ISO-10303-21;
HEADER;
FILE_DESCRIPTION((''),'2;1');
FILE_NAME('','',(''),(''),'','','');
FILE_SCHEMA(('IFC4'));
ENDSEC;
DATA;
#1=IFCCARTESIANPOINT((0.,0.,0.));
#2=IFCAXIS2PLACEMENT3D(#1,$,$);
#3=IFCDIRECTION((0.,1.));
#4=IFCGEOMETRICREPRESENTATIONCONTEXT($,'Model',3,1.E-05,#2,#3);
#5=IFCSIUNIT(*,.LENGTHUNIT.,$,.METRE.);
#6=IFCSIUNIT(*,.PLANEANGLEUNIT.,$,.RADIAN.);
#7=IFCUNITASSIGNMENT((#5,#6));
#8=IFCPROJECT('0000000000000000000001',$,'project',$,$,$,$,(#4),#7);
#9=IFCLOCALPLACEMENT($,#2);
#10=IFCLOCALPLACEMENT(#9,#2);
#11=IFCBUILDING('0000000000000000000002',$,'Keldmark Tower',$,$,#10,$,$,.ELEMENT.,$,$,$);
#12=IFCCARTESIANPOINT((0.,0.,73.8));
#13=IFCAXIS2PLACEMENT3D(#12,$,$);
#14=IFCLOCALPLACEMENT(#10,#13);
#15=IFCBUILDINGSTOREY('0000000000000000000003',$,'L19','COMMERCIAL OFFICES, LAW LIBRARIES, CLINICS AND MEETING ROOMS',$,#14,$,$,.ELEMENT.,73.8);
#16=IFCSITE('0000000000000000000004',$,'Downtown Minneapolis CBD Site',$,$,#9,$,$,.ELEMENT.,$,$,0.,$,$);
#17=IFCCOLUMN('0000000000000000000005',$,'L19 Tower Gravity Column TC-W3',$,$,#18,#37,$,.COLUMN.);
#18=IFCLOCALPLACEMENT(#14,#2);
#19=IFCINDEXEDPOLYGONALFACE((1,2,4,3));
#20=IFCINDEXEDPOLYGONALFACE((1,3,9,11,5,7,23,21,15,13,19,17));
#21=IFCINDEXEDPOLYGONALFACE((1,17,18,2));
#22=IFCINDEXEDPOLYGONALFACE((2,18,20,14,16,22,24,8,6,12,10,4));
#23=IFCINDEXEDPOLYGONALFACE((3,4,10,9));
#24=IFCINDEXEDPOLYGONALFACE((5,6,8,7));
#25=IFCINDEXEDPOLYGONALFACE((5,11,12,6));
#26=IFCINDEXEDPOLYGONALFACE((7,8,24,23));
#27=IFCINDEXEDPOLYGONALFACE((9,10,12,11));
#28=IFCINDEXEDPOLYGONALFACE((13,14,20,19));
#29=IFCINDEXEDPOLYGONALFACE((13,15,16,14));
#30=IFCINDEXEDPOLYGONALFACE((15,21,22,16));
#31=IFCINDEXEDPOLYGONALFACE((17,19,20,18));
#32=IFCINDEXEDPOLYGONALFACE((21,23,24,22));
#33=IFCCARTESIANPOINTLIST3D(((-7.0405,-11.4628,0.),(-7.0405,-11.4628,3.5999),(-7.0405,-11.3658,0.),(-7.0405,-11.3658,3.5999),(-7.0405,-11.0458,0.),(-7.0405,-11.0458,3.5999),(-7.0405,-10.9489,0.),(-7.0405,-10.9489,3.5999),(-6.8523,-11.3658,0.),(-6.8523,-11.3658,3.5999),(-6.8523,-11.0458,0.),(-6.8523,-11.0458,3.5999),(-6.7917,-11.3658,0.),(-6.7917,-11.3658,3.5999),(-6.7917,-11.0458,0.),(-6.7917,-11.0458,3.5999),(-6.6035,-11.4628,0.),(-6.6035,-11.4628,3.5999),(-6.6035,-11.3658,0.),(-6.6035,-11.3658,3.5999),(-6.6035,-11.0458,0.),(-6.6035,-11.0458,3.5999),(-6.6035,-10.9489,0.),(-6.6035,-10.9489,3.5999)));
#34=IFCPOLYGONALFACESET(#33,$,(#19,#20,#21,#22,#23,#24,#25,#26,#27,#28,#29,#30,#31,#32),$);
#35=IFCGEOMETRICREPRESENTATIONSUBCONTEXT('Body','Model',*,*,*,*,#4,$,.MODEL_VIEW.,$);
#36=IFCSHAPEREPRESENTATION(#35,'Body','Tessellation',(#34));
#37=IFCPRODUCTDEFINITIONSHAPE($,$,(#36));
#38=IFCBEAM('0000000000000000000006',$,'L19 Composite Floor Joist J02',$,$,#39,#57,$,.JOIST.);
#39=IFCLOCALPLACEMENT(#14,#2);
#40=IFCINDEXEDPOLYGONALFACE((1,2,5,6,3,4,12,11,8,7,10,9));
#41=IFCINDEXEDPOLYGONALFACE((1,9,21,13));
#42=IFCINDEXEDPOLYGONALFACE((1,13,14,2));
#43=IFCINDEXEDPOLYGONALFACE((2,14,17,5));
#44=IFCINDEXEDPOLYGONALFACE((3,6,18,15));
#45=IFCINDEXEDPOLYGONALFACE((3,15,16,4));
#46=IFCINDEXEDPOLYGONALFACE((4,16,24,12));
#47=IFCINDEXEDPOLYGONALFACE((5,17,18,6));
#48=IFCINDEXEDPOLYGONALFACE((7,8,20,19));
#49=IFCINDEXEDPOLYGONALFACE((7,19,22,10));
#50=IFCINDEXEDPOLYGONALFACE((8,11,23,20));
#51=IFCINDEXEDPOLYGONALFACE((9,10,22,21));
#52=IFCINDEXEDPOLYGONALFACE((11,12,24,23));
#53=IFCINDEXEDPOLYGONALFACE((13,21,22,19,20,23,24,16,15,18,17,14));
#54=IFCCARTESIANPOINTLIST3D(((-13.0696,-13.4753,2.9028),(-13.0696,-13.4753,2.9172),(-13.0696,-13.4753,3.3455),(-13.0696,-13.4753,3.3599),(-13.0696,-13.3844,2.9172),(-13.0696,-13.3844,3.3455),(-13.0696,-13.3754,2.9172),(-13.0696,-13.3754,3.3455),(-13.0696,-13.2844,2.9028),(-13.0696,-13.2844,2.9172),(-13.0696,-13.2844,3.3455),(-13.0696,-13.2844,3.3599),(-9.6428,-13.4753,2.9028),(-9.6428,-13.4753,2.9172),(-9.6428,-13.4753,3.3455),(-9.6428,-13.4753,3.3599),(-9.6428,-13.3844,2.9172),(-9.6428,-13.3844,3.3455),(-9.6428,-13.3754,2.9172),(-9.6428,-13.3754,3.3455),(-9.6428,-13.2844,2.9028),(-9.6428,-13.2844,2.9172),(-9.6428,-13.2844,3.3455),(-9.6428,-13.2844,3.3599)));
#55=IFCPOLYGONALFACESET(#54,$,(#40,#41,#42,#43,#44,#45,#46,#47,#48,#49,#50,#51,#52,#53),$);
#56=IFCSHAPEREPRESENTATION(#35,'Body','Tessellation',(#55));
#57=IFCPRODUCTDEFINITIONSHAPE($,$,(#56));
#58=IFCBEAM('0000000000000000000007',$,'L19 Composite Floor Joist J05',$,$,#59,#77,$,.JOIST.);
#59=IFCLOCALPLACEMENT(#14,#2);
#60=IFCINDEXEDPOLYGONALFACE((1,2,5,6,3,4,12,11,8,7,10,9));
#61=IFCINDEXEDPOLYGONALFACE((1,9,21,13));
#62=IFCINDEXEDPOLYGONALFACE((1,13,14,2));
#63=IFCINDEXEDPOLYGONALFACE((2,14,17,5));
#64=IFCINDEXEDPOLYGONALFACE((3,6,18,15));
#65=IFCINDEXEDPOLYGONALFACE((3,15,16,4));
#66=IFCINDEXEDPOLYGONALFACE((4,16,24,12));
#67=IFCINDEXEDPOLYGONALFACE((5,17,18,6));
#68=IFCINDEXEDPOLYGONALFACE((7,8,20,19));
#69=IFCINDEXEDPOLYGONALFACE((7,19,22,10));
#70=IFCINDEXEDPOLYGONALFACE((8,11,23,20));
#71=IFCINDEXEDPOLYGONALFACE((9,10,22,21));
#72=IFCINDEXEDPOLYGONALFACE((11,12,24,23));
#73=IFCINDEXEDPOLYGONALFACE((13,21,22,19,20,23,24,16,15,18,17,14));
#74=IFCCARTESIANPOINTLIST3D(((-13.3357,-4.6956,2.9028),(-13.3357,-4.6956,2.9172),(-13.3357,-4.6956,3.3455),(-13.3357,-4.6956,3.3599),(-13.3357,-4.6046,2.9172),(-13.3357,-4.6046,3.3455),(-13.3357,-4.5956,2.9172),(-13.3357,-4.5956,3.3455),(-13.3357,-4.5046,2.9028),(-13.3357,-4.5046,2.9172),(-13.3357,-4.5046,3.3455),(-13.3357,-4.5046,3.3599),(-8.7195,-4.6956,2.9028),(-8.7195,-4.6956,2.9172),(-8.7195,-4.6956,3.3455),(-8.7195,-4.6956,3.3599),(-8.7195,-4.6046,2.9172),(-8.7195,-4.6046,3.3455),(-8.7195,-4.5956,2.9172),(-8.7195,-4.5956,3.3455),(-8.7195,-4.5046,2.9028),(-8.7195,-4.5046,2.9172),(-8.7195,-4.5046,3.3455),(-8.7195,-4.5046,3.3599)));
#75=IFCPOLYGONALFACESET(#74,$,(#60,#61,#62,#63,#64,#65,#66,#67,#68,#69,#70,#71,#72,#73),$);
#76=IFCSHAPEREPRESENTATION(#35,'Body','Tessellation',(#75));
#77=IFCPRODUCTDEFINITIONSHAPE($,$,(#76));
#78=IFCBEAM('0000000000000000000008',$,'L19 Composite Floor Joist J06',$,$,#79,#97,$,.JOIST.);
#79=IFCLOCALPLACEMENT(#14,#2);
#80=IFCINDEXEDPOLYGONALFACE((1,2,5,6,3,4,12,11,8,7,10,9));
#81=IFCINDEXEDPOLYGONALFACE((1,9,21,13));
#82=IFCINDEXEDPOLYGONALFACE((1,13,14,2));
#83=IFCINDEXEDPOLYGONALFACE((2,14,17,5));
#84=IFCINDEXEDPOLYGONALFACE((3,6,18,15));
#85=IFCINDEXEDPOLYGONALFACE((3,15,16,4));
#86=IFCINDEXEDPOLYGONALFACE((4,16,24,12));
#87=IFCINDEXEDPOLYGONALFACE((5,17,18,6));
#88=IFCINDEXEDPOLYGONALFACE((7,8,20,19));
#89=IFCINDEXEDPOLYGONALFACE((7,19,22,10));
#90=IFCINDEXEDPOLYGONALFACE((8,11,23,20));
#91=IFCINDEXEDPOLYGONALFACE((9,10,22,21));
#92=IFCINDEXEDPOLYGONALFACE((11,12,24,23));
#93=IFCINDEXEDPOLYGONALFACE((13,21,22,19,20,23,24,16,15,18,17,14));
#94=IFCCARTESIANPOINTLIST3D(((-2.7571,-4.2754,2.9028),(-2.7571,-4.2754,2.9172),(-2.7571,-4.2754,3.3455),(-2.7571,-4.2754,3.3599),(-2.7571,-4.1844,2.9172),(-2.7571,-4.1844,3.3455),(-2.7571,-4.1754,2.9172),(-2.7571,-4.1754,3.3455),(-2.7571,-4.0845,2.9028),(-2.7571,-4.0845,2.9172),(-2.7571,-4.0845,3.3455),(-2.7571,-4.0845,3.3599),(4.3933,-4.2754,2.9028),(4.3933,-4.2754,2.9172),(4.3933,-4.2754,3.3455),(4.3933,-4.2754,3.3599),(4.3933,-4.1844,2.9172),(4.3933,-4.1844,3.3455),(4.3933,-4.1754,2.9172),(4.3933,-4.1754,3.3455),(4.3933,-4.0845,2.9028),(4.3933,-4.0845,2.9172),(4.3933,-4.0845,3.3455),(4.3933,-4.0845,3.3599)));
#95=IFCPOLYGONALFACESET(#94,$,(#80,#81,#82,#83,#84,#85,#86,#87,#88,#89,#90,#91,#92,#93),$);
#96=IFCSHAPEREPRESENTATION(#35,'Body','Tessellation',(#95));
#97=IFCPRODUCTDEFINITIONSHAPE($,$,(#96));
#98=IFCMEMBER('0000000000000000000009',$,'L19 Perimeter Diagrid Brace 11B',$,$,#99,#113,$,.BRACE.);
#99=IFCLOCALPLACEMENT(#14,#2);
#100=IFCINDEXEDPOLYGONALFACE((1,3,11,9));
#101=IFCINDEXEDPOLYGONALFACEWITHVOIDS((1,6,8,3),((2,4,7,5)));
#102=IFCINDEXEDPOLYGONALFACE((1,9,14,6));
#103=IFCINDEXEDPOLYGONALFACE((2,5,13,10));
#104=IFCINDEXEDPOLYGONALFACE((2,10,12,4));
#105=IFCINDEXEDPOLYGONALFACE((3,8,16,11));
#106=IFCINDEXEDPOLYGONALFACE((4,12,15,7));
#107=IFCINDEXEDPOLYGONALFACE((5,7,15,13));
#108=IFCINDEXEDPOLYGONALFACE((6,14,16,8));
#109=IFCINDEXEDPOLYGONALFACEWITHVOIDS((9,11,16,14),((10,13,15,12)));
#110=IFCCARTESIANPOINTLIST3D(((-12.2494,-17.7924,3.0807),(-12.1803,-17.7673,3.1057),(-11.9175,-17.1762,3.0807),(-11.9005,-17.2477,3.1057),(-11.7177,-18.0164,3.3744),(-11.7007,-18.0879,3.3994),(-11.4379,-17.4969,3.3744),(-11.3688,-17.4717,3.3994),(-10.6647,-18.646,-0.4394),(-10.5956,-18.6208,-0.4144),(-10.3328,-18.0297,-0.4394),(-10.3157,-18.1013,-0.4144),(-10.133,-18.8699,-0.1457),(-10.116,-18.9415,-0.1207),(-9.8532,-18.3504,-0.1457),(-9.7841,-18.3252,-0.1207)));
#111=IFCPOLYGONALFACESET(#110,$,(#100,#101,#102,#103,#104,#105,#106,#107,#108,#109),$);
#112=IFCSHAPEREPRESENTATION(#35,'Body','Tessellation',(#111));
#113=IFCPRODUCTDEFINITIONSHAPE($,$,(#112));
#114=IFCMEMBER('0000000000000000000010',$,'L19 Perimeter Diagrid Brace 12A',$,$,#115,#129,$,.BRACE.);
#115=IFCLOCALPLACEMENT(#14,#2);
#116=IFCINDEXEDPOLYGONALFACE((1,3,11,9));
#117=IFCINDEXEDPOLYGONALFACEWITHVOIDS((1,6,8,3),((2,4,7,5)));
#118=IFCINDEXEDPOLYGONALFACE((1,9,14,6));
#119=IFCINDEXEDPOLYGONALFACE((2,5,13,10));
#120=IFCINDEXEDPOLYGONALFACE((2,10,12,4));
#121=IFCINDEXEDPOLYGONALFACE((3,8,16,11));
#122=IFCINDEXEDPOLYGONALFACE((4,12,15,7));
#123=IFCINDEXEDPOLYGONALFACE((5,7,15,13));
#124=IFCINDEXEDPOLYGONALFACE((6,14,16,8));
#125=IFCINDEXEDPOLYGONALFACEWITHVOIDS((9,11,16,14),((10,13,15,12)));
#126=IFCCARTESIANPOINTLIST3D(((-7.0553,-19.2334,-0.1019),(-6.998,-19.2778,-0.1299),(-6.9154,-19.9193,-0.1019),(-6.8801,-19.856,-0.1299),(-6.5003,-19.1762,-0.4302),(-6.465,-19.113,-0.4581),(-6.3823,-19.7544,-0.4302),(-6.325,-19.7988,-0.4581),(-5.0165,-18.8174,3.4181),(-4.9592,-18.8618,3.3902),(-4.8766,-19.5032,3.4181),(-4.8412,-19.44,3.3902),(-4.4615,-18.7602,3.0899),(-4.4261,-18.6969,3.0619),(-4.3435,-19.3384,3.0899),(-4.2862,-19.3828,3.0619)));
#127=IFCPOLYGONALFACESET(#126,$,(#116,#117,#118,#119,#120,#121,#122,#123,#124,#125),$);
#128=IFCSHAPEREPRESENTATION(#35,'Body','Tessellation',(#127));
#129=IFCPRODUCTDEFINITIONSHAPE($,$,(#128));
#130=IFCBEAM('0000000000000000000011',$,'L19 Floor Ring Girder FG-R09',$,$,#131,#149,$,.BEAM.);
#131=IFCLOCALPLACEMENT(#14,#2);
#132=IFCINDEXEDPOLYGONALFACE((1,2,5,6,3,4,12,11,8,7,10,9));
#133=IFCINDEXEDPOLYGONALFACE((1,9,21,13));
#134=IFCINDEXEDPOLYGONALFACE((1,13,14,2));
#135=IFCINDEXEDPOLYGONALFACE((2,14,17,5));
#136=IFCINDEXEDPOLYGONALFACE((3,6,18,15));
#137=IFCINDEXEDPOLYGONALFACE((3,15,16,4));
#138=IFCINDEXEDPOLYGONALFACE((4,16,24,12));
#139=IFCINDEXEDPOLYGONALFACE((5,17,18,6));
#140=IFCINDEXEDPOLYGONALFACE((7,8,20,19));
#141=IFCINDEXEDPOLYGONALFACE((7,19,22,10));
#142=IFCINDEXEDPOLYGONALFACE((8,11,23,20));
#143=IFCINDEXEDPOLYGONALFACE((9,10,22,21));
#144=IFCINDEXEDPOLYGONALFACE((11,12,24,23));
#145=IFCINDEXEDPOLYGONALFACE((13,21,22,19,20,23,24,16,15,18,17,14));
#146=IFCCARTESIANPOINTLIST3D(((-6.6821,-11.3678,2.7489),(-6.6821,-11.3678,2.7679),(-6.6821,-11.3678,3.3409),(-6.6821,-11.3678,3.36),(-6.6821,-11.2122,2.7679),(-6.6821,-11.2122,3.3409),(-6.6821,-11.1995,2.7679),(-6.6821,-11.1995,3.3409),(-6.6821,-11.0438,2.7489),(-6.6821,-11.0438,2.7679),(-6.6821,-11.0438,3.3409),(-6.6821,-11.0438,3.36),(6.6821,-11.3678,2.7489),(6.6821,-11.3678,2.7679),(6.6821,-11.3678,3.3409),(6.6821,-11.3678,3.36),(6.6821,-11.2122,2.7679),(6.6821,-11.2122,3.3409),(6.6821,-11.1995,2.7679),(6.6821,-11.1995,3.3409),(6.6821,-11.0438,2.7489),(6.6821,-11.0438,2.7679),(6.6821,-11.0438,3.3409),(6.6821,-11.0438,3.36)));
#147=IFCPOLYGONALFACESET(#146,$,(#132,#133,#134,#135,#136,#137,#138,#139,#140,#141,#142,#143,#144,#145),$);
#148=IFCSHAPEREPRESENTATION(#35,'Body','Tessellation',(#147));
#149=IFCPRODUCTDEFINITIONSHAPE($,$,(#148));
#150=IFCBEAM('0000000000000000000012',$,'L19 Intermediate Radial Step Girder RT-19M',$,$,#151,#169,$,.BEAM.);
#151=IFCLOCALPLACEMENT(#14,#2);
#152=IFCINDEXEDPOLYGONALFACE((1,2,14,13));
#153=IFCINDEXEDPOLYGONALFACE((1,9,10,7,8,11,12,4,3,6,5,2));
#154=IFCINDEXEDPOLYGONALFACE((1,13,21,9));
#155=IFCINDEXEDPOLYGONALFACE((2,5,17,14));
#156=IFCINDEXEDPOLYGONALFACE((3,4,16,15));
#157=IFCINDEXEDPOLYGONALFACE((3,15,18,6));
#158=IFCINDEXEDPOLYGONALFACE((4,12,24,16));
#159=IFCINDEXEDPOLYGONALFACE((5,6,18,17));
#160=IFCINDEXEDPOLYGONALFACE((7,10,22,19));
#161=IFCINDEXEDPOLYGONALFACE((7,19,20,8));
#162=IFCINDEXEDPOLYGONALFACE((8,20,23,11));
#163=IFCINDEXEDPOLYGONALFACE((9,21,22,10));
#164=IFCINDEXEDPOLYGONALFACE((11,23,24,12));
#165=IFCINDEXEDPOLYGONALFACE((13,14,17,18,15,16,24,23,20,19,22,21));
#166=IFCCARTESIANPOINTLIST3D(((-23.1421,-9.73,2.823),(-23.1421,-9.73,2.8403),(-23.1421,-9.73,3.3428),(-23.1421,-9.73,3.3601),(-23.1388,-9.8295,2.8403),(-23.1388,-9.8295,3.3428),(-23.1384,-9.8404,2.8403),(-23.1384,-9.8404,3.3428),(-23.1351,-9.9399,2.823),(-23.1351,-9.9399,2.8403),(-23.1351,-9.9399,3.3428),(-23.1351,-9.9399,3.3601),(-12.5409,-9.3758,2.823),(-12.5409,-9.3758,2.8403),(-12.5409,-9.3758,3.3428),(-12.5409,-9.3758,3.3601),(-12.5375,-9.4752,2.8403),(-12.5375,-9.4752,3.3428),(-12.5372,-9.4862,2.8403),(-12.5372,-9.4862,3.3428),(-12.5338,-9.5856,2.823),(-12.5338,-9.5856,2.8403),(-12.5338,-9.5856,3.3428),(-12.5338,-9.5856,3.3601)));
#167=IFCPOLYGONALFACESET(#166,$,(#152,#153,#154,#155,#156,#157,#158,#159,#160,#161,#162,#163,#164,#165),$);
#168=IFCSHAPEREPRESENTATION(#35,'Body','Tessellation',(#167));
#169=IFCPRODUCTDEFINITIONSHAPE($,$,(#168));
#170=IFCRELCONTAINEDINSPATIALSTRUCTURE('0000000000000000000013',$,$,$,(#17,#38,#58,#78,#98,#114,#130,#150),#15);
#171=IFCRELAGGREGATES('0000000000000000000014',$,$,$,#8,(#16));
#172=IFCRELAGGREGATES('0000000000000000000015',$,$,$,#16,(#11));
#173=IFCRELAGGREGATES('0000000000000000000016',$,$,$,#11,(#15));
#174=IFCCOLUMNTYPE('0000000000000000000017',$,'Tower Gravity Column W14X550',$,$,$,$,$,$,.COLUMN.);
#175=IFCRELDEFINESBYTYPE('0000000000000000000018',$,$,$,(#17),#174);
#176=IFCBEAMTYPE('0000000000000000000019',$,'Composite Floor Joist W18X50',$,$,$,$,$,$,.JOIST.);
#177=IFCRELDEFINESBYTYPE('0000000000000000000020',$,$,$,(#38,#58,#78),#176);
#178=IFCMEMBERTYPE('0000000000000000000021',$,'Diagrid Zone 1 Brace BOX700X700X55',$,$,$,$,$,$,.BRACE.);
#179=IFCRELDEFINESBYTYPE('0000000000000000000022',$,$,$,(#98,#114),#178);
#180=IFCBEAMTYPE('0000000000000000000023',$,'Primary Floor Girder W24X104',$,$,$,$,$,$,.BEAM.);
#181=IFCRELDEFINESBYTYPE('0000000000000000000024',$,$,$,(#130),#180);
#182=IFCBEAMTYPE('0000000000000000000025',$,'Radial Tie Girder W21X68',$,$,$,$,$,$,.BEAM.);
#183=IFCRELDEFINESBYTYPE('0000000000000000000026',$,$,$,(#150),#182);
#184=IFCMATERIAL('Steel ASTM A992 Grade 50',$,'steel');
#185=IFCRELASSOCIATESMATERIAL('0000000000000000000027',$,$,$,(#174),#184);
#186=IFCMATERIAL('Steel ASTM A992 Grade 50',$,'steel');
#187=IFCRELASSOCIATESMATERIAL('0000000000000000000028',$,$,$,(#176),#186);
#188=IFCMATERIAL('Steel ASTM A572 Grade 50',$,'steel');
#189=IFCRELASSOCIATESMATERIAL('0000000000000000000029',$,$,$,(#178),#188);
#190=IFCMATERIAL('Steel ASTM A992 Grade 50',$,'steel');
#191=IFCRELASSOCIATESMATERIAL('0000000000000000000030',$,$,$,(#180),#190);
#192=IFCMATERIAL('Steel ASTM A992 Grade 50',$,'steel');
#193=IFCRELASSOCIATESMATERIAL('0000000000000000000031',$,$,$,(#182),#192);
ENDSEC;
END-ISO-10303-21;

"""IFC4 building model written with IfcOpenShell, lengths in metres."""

from ifc_helpers import new_model, si_unit, direction, frame, origin, origin_2d, place, context, subcontext, project, spatial, hollow_rectangle, i_section, extrude, material, material_profile, profile_set, type_object, element, save


model = new_model("IFC4")

# Units and contexts
model_context = context("Model", 3, precision=1e-05, world=origin(), true_north=direction((0.0, 1.0)))
body_context = subcontext(model_context, "Body", "Model", "MODEL_VIEW")
ifc_project = project(units=[si_unit("LENGTHUNIT", "METRE"), si_unit("PLANEANGLEUNIT", "RADIAN")], contexts=[model_context])

# Site, building, storey
site_placement = place(None, origin())
site = spatial("IfcSite", under=ifc_project, at=site_placement, Name="Downtown Minneapolis CBD Site", CompositionType="ELEMENT", RefElevation=0.0)
building_placement = place(site_placement, origin())
building = spatial("IfcBuilding", under=site, at=building_placement, Name="Keldmark Tower", CompositionType="ELEMENT")
storey_placement = place(building_placement, frame((0.0, 0.0, 73.8)))
storey = spatial("IfcBuildingStorey", under=building, at=storey_placement, Name="L19", Description="COMMERCIAL OFFICES, LAW LIBRARIES, CLINICS AND MEETING ROOMS", CompositionType="ELEMENT", Elevation=73.8)

# Column
ifc_material_1 = material(Name="Steel ASTM A992 Grade 50", Category="steel")
ifc_material_profile_1 = material_profile(ifc_material_1, i_section(OverallWidth=0.437, OverallDepth=0.5139, WebThickness=0.0605, FlangeThickness=0.0969, at=origin_2d()), Name="W14X550")
ifc_profile_set_1 = profile_set([ifc_material_profile_1], Name="Steel ASTM A992 Grade 50")
column_type = type_object("IfcColumnType", Name="Tower Gravity Column W14X550", PredefinedType="COLUMN", material=ifc_profile_set_1)
column_placement = place(storey_placement, frame((-6.822, -11.2058, 0.0), z_axis=(0.0, 0.0, 1.0), x_axis=(1.0, 0.0, 0.0)))
element("IfcColumn", 1, at=column_placement, inside=storey, type_object=column_type, Name="L19 Tower Gravity Column TC-W3", PredefinedType="COLUMN", context=body_context, shape_type="SweptSolid", body=[
    extrude(i_section(OverallWidth=0.437, OverallDepth=0.5139, WebThickness=0.0605, FlangeThickness=0.0969, at=origin_2d()), origin(), (0.0, 0.0, 1.0), 3.5999),
])

# Beams
ifc_material_2 = material(Name="Steel ASTM A992 Grade 50", Category="steel")
ifc_material_profile_2 = material_profile(ifc_material_2, i_section(OverallWidth=0.1909, OverallDepth=0.457, WebThickness=0.009, FlangeThickness=0.0144, at=origin_2d()), Name="W18X50")
ifc_profile_set_2 = profile_set([ifc_material_profile_2], Name="Steel ASTM A992 Grade 50")
beam_type_1 = type_object("IfcBeamType", Name="Composite Floor Joist W18X50", PredefinedType="JOIST", material=ifc_profile_set_2)
beam_1_placement = place(storey_placement, frame((-13.0696, -13.3799, 3.1313), z_axis=(1.0, 0.0, 0.0), x_axis=(0.0, 1.0, 0.0)))
element("IfcBeam", 2, at=beam_1_placement, inside=storey, type_object=beam_type_1, Name="L19 Composite Floor Joist J02", PredefinedType="JOIST", context=body_context, shape_type="SweptSolid", body=[
    extrude(i_section(OverallWidth=0.1909, OverallDepth=0.457, WebThickness=0.009, FlangeThickness=0.0144, at=origin_2d()), origin(), (0.0, 0.0, 1.0), 3.4268),
])
beam_2_placement = place(storey_placement, frame((-13.3357, -4.6001, 3.1313), z_axis=(1.0, 0.0, 0.0), x_axis=(0.0, 1.0, 0.0)))
element("IfcBeam", 3, at=beam_2_placement, inside=storey, type_object=beam_type_1, Name="L19 Composite Floor Joist J05", PredefinedType="JOIST", context=body_context, shape_type="SweptSolid", body=[
    extrude(i_section(OverallWidth=0.1909, OverallDepth=0.457, WebThickness=0.009, FlangeThickness=0.0144, at=origin_2d()), origin(), (0.0, 0.0, 1.0), 4.6162),
])
beam_3_placement = place(storey_placement, frame((-2.7571, -4.1799, 3.1313), z_axis=(1.0, 0.0, 0.0), x_axis=(0.0, 1.0, 0.0)))
element("IfcBeam", 4, at=beam_3_placement, inside=storey, type_object=beam_type_1, Name="L19 Composite Floor Joist J06", PredefinedType="JOIST", context=body_context, shape_type="SweptSolid", body=[
    extrude(i_section(OverallWidth=0.1909, OverallDepth=0.457, WebThickness=0.009, FlangeThickness=0.0144, at=origin_2d()), origin(), (0.0, 0.0, 1.0), 7.1504),
])

# Members
ifc_material_3 = material(Name="Steel ASTM A572 Grade 50", Category="steel")
ifc_material_profile_3 = material_profile(ifc_material_3, hollow_rectangle(XDim=0.7, YDim=0.7, WallThickness=0.0549, at=origin_2d()), Name="BOX700X700X55")
ifc_profile_set_3 = profile_set([ifc_material_profile_3], Name="Steel ASTM A572 Grade 50")
member_type = type_object("IfcMemberType", Name="Diagrid Zone 1 Brace BOX700X700X55", PredefinedType="BRACE", material=ifc_profile_set_3)
member_1_placement = place(storey_placement, frame((-10.2244, -18.4856, -0.28), z_axis=(-0.400836, 0.215887, 0.89035), x_axis=(-0.474189, -0.880423, 0.0)))
element("IfcMember", 5, at=member_1_placement, inside=storey, type_object=member_type, Name="L19 Perimeter Diagrid Brace 11B", PredefinedType="BRACE", context=body_context, shape_type="SweptSolid", body=[
    extrude(hollow_rectangle(XDim=0.7, YDim=0.7, WallThickness=0.0549, at=origin_2d()), origin(), (0.0, 0.0, 1.0), 3.9536),
])
member_2_placement = place(storey_placement, frame((-6.6902, -19.5161, -0.28), z_axis=(0.498604, 0.101739, 0.860839), x_axis=(-0.199928, 0.979811, 0.0)))
element("IfcMember", 6, at=member_2_placement, inside=storey, type_object=member_type, Name="L19 Perimeter Diagrid Brace 12A", PredefinedType="BRACE", context=body_context, shape_type="SweptSolid", body=[
    extrude(hollow_rectangle(XDim=0.7, YDim=0.7, WallThickness=0.0549, at=origin_2d()), origin(), (0.0, 0.0, 1.0), 4.0891),
])

# Beams
ifc_material_4 = material(Name="Steel ASTM A992 Grade 50", Category="steel")
ifc_material_profile_4 = material_profile(ifc_material_4, i_section(OverallWidth=0.324, OverallDepth=0.6111, WebThickness=0.0127, FlangeThickness=0.019, at=origin_2d()), Name="W24X104")
ifc_profile_set_4 = profile_set([ifc_material_profile_4], Name="Steel ASTM A992 Grade 50")
beam_type_2 = type_object("IfcBeamType", Name="Primary Floor Girder W24X104", PredefinedType="BEAM", material=ifc_profile_set_4)
beam_4_placement = place(storey_placement, frame((-6.6821, -11.2058, 3.0544), z_axis=(1.0, 0.0, 0.0), x_axis=(0.0, 1.0, 0.0)))
element("IfcBeam", 7, at=beam_4_placement, inside=storey, type_object=beam_type_2, Name="L19 Floor Ring Girder FG-R09", PredefinedType="BEAM", context=body_context, shape_type="SweptSolid", body=[
    extrude(i_section(OverallWidth=0.324, OverallDepth=0.6111, WebThickness=0.0127, FlangeThickness=0.019, at=origin_2d()), origin(), (0.0, 0.0, 1.0), 13.3643),
])
ifc_material_5 = material(Name="Steel ASTM A992 Grade 50", Category="steel")
ifc_material_profile_5 = material_profile(ifc_material_5, i_section(OverallWidth=0.21, OverallDepth=0.5371, WebThickness=0.011, FlangeThickness=0.0173, at=origin_2d()), Name="W21X68")
ifc_profile_set_5 = profile_set([ifc_material_profile_5], Name="Steel ASTM A992 Grade 50")
beam_type_3 = type_object("IfcBeamType", Name="Radial Tie Girder W21X68", PredefinedType="BEAM", material=ifc_profile_set_5)
beam_5_placement = place(storey_placement, frame((-12.5374, -9.4807, 3.0916), z_axis=(-0.999442, -0.033397, 0.0), x_axis=(0.033397, -0.999442, 0.0)))
element("IfcBeam", 8, at=beam_5_placement, inside=storey, type_object=beam_type_3, Name="L19 Intermediate Radial Step Girder RT-19M", PredefinedType="BEAM", context=body_context, shape_type="SweptSolid", body=[
    extrude(i_section(OverallWidth=0.21, OverallDepth=0.5371, WebThickness=0.011, FlangeThickness=0.0173, at=origin_2d()), origin(), (0.0, 0.0, 1.0), 10.6072),
])

save(model, "model.ifc")
